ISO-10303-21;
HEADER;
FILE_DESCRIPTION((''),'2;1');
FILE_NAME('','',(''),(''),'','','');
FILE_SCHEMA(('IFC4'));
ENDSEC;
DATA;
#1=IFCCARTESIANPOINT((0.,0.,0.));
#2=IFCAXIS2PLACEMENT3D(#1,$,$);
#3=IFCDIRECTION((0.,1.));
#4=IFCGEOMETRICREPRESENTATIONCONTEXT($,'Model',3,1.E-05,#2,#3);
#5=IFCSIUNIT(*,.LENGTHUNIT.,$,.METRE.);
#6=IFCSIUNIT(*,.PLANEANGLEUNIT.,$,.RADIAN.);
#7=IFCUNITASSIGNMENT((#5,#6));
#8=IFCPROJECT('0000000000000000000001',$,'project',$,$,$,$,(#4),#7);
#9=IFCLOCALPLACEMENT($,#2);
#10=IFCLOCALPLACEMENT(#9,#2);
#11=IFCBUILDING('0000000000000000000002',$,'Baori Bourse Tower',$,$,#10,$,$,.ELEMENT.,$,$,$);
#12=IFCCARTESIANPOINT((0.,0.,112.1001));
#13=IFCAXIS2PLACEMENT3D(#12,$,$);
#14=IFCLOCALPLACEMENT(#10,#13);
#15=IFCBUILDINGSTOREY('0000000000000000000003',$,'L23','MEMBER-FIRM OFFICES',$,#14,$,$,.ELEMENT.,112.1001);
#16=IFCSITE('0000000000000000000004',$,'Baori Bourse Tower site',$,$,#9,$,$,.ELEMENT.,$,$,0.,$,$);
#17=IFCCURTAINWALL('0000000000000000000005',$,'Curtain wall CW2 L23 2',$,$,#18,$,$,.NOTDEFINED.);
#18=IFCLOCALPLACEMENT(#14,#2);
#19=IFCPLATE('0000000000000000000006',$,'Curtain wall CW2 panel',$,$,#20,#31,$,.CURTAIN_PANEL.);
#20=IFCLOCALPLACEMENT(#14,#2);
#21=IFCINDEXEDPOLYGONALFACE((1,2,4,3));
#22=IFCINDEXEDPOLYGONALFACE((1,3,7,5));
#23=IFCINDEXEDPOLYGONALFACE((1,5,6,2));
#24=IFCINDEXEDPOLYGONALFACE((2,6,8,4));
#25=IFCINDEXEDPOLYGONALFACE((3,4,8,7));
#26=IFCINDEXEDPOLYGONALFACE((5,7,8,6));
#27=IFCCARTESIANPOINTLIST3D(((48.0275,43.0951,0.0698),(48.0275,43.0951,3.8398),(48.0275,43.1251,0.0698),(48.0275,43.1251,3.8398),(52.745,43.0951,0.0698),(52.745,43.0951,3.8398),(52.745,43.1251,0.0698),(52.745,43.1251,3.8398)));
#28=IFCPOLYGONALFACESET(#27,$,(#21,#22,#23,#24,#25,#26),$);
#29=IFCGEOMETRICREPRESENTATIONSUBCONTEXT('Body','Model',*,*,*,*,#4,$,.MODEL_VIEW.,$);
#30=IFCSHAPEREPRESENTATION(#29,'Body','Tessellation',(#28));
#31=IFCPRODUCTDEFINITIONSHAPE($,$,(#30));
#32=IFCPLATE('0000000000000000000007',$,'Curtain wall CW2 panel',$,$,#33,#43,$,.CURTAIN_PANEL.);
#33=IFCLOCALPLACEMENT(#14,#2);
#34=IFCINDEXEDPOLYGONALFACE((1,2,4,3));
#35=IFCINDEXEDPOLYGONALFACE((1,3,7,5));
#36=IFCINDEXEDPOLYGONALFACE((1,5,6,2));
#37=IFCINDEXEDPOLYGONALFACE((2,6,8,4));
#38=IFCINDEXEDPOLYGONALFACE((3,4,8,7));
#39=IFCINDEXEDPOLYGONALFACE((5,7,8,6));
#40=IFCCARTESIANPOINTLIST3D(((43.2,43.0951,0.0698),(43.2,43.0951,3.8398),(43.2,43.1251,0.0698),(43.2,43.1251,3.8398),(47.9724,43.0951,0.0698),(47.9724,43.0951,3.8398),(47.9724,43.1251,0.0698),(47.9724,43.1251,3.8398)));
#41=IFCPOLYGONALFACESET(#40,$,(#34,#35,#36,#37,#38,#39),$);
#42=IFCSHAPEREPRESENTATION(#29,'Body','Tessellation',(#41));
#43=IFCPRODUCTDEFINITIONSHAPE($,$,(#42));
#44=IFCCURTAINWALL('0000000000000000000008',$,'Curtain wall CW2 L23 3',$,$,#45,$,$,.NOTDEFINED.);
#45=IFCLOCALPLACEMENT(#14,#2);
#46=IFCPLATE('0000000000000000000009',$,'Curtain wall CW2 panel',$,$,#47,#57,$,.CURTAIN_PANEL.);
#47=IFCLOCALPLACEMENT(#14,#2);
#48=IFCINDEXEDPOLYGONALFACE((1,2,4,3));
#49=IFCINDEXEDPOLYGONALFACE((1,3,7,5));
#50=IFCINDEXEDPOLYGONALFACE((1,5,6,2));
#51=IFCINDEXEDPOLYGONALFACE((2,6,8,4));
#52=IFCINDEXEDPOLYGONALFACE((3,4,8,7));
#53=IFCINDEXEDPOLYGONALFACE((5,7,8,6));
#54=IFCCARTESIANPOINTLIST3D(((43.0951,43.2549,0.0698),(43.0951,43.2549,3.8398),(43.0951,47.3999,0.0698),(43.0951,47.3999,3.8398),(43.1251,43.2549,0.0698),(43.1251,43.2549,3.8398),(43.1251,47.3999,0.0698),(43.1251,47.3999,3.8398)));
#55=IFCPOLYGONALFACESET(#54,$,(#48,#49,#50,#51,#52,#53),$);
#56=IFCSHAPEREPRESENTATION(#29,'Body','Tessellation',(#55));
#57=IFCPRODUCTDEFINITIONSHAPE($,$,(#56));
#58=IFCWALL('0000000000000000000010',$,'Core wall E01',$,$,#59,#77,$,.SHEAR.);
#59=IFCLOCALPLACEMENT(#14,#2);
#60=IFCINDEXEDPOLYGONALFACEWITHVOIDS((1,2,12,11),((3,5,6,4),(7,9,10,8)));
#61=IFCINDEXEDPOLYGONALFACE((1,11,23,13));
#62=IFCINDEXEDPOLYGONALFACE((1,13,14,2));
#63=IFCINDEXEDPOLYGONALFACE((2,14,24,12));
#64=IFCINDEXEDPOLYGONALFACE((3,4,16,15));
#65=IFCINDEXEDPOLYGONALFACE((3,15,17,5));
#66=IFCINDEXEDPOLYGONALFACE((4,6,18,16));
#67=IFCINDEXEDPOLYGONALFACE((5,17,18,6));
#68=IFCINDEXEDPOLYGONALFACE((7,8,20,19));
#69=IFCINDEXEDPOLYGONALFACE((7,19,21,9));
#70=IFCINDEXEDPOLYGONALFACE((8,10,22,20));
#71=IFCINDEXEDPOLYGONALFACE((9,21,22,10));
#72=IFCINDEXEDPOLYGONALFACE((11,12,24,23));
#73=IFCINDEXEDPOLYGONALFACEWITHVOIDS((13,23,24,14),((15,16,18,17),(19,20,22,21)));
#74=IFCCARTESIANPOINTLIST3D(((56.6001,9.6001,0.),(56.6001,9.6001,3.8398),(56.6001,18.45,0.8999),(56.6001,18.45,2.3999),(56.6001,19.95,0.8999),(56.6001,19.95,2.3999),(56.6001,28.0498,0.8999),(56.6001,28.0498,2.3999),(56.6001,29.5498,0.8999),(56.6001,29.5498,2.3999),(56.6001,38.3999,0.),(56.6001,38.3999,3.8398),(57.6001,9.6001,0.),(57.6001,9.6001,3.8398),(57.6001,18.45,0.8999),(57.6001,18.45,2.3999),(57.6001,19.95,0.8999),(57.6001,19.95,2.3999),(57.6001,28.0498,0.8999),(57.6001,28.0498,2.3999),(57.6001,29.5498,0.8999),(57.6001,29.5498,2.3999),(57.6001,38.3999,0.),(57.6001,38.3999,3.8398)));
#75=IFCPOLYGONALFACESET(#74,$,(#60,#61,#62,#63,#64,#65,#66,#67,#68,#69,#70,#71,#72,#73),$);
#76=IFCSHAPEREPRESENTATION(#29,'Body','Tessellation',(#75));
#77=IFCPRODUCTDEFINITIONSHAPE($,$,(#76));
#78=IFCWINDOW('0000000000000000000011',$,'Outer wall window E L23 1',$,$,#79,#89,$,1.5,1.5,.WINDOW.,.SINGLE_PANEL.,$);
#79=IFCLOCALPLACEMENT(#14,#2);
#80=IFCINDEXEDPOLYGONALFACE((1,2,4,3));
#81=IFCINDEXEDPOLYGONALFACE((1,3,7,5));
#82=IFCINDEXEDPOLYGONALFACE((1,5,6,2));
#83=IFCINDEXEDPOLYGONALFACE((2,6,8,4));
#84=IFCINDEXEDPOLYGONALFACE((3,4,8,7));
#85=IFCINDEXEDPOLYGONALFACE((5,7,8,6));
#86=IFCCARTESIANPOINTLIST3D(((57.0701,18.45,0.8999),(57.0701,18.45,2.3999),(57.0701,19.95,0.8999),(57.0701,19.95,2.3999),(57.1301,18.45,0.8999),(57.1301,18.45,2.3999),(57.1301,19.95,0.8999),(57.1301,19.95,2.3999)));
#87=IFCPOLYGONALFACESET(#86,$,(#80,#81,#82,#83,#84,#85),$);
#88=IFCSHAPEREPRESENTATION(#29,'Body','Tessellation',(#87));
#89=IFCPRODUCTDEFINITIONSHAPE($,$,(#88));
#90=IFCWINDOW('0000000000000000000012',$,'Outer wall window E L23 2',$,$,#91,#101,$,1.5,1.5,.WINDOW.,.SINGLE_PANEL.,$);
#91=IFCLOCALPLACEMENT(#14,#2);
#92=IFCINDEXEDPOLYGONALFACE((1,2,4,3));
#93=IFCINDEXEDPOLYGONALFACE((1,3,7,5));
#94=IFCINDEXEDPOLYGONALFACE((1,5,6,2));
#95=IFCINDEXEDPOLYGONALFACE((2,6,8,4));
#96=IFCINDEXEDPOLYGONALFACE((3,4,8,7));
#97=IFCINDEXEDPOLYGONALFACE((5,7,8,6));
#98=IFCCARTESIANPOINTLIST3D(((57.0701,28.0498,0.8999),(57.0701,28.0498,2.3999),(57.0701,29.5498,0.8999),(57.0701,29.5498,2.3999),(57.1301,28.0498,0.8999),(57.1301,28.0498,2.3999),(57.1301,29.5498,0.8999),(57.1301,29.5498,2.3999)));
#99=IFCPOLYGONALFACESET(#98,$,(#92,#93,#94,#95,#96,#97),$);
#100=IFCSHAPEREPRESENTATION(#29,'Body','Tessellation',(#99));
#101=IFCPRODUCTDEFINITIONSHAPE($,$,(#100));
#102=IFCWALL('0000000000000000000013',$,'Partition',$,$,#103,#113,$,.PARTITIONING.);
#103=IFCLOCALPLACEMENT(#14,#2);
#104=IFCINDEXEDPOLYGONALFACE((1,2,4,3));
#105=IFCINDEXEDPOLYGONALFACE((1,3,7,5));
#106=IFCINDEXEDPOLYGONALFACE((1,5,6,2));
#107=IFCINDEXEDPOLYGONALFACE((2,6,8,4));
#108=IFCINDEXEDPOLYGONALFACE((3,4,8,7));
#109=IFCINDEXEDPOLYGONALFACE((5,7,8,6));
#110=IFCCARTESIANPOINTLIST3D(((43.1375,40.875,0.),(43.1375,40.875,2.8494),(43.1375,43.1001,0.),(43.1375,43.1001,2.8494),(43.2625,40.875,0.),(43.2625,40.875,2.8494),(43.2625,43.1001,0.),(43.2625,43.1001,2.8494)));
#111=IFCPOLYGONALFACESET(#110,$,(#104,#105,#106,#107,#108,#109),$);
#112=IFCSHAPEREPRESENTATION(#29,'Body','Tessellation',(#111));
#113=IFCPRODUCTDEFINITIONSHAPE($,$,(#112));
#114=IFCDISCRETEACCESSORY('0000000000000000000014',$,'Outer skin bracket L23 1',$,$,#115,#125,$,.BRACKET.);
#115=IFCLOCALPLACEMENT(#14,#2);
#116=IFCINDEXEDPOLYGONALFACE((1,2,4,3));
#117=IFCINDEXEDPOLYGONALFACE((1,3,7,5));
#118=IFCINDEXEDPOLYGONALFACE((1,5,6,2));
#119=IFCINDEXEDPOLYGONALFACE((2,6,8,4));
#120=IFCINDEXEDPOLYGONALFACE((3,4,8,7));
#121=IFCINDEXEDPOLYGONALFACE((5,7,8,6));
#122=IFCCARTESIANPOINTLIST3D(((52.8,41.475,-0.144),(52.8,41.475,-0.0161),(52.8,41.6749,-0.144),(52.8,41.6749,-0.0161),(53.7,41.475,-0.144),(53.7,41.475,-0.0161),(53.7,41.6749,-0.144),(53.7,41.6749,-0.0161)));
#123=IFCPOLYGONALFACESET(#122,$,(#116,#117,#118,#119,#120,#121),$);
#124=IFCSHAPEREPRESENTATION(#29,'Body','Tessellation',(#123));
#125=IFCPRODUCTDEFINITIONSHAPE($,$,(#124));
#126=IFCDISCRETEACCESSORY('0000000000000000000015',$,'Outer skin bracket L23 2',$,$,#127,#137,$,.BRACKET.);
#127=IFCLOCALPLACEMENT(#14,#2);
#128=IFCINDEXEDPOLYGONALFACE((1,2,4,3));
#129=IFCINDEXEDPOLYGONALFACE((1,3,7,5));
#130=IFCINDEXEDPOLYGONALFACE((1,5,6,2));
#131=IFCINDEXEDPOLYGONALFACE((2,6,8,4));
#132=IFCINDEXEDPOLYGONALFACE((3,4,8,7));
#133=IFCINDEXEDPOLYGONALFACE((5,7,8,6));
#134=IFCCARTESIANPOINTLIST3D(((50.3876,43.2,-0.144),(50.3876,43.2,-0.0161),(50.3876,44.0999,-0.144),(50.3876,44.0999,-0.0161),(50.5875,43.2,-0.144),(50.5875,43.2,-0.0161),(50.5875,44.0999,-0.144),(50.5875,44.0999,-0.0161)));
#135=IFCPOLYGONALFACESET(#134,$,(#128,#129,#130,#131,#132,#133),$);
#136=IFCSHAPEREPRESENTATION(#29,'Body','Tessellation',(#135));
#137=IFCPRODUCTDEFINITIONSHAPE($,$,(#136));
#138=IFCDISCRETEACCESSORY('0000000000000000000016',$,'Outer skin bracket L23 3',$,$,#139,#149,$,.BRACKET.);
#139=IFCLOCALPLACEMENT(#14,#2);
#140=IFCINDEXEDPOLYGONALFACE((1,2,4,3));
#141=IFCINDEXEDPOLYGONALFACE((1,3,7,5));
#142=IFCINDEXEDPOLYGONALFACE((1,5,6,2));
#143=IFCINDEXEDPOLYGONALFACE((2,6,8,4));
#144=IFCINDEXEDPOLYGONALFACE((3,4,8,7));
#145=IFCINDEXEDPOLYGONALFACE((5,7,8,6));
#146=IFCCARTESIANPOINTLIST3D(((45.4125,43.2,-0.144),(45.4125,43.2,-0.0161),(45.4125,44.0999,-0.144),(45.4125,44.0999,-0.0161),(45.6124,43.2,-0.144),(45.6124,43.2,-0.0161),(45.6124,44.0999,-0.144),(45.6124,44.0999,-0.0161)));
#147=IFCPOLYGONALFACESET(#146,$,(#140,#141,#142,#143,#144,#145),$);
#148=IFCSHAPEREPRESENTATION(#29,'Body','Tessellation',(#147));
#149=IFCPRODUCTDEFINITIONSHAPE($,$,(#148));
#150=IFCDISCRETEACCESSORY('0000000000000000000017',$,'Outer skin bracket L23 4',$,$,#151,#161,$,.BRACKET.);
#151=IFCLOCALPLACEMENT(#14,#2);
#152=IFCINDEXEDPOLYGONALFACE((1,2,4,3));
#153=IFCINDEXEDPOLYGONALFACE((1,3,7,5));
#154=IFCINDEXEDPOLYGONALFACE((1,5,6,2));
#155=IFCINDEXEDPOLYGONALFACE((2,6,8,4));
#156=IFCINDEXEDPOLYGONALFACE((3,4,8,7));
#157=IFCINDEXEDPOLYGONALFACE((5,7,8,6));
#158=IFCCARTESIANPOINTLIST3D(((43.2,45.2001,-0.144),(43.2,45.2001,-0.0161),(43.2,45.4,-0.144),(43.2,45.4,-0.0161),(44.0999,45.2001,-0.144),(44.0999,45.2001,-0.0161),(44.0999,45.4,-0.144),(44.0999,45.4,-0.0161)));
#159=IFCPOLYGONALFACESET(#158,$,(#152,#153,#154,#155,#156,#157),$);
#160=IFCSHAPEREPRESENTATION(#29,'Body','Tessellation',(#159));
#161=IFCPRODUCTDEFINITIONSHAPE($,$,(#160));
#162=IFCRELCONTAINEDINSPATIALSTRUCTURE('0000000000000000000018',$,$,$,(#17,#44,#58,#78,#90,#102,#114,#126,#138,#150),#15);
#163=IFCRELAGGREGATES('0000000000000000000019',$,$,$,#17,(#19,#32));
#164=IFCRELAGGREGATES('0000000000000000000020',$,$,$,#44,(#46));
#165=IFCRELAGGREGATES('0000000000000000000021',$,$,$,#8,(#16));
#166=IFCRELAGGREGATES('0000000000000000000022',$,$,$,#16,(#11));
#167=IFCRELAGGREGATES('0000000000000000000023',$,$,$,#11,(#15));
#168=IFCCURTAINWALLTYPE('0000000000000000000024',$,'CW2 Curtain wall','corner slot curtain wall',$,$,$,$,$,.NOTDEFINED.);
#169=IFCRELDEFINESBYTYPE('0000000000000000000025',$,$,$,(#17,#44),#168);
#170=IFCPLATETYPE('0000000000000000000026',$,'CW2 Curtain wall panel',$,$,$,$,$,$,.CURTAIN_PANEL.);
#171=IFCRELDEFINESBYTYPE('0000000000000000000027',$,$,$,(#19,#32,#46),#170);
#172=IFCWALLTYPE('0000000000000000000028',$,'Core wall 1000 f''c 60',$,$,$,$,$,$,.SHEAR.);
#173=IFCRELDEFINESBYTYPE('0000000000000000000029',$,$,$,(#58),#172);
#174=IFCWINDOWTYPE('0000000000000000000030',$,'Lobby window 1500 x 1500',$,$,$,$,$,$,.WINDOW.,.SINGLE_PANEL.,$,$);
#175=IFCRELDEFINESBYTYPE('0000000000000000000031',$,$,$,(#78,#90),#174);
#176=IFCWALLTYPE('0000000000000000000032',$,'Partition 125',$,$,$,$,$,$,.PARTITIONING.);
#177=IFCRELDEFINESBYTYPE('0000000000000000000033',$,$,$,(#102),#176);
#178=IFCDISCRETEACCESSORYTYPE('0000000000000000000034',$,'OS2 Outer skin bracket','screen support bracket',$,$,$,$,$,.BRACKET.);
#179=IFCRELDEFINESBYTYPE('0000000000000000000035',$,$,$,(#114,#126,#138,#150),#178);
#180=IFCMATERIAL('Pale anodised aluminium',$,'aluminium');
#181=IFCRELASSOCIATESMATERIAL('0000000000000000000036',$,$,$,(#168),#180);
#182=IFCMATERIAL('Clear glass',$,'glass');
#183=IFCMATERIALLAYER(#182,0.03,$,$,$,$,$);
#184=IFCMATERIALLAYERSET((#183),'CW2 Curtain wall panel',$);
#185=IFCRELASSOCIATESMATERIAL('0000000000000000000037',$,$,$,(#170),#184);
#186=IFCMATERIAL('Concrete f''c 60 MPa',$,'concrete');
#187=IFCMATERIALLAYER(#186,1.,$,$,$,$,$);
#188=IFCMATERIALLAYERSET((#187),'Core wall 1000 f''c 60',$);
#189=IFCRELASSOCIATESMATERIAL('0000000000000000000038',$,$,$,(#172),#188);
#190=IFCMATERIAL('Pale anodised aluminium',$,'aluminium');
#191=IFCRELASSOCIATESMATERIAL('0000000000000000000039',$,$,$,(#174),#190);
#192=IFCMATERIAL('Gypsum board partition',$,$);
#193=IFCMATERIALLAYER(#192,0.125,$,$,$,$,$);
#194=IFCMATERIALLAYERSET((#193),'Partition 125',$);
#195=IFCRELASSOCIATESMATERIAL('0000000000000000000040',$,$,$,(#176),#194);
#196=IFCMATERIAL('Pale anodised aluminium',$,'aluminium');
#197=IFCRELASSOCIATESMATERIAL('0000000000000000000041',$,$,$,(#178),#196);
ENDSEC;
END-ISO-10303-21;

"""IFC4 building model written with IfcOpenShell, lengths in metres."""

from ifc_helpers import new_model, si_unit, direction, frame, frame_2d, origin, origin_2d, place, context, subcontext, project, spatial, rectangle, extrude, material, layer, layer_set, type_object, element, fill, aggregate, save


model = new_model("IFC4")

# Units and contexts
model_context = context("Model", 3, precision=1e-05, world=origin(), true_north=direction((0.0, 1.0)))
body_context = subcontext(model_context, "Body", "Model", "MODEL_VIEW")
ifc_project = project(units=[si_unit("LENGTHUNIT", "METRE"), si_unit("PLANEANGLEUNIT", "RADIAN")], contexts=[model_context])

# Site, building, storey
site_placement = place(None, origin())
site = spatial("IfcSite", under=ifc_project, at=site_placement, Name="Baori Bourse Tower site", CompositionType="ELEMENT", RefElevation=0.0)
building_placement = place(site_placement, origin())
building = spatial("IfcBuilding", under=site, at=building_placement, Name="Baori Bourse Tower", CompositionType="ELEMENT")
storey_placement = place(building_placement, frame((0.0, 0.0, 112.1001)))
storey = spatial("IfcBuildingStorey", under=building, at=storey_placement, Name="L23", Description="MEMBER-FIRM OFFICES", CompositionType="ELEMENT", Elevation=112.1001)

# Curtain wall
ifc_material_1 = material(Name="Pale anodised aluminium", Category="aluminium")
curtain_wall_type = type_object("IfcCurtainWallType", Name="CW2 Curtain wall", Description="corner slot curtain wall", PredefinedType="NOTDEFINED", material=ifc_material_1)
curtain_wall_1_placement = place(storey_placement, origin())
curtain_wall_1 = element("IfcCurtainWall", 1, at=curtain_wall_1_placement, inside=storey, type_object=curtain_wall_type, Name="Curtain wall CW2 L23 2", PredefinedType="NOTDEFINED")

# Plates
ifc_material_2 = material(Name="Clear glass", Category="glass")
ifc_layer_1 = layer(ifc_material_2, 0.03)
ifc_layer_set_1 = layer_set([ifc_layer_1], Name="CW2 Curtain wall panel")
plate_type = type_object("IfcPlateType", Name="CW2 Curtain wall panel", PredefinedType="CURTAIN_PANEL", material=ifc_layer_set_1)
plate_1_placement = place(storey_placement, frame((50.3862, 43.1101, 0.0698), z_axis=(0.0, 0.0, 1.0), x_axis=(-1.0, 0.0, 0.0)))
plate_1 = element("IfcPlate", 2, at=plate_1_placement, type_object=plate_type, Name="Curtain wall CW2 panel", PredefinedType="CURTAIN_PANEL", context=body_context, shape_type="SweptSolid", body=[
    extrude(rectangle(XDim=4.7175, YDim=0.03, at=origin_2d()), origin(), (0.0, 0.0, 1.0), 3.77),
])
plate_2_placement = place(storey_placement, frame((45.5862, 43.1101, 0.0698), z_axis=(0.0, 0.0, 1.0), x_axis=(-1.0, 0.0, 0.0)))
plate_2 = element("IfcPlate", 3, at=plate_2_placement, type_object=plate_type, Name="Curtain wall CW2 panel", PredefinedType="CURTAIN_PANEL", context=body_context, shape_type="SweptSolid", body=[
    extrude(rectangle(XDim=4.7725, YDim=0.03, at=origin_2d()), origin(), (0.0, 0.0, 1.0), 3.77),
])
aggregate(curtain_wall_1, [plate_1, plate_2])

# Curtain wall, plate
curtain_wall_2_placement = place(storey_placement, origin())
curtain_wall_2 = element("IfcCurtainWall", 4, at=curtain_wall_2_placement, inside=storey, type_object=curtain_wall_type, Name="Curtain wall CW2 L23 3", PredefinedType="NOTDEFINED")
plate_3_placement = place(storey_placement, frame((43.1101, 45.3274, 0.0698), z_axis=(0.0, 0.0, 1.0), x_axis=(0.0, 1.0, 0.0)))
plate_3 = element("IfcPlate", 5, at=plate_3_placement, type_object=plate_type, Name="Curtain wall CW2 panel", PredefinedType="CURTAIN_PANEL", context=body_context, shape_type="SweptSolid", body=[
    extrude(rectangle(XDim=4.145, YDim=0.03, at=origin_2d()), origin(), (0.0, 0.0, 1.0), 3.77),
])
aggregate(curtain_wall_2, [plate_3])

# Wall, openings, windows
ifc_material_3 = material(Name="Concrete f'c 60 MPa", Category="concrete")
ifc_layer_2 = layer(ifc_material_3, 1.0)
ifc_layer_set_2 = layer_set([ifc_layer_2], Name="Core wall 1000 f'c 60")
wall_type_1 = type_object("IfcWallType", Name="Core wall 1000 f'c 60", PredefinedType="SHEAR", material=ifc_layer_set_2)
wall_1_placement = place(storey_placement, frame((57.1001, 38.3999, 0.0), z_axis=(0.0, 0.0, 1.0), x_axis=(0.0, -1.0, 0.0)))
wall_1 = element("IfcWall", 6, at=wall_1_placement, inside=storey, type_object=wall_type_1, Name="Core wall E01", PredefinedType="SHEAR", context=body_context, shape_type="SweptSolid", body=[
    extrude(rectangle(XDim=28.7998, YDim=1.0, at=frame_2d((14.3999, 0.0))), origin(), (0.0, 0.0, 1.0), 3.8398),
])
opening_1_placement = place(wall_1_placement, frame((18.45, 0.0, 0.8999)))
opening_1 = element("IfcOpeningElement", 7, at=opening_1_placement, cuts=wall_1, PredefinedType="OPENING", context=body_context, shape_type="SweptSolid", body=[
    extrude(rectangle(XDim=1.5, YDim=1.5, at=frame_2d((0.75, 0.75))), frame((0.0, 0.51, 0.0), z_axis=(0.0, -1.0, 0.0), x_axis=(1.0, 0.0, 0.0)), (0.0, 0.0, 1.0), 1.02),
])
opening_2_placement = place(wall_1_placement, frame((8.8501, 0.0, 0.8999)))
opening_2 = element("IfcOpeningElement", 8, at=opening_2_placement, cuts=wall_1, PredefinedType="OPENING", context=body_context, shape_type="SweptSolid", body=[
    extrude(rectangle(XDim=1.5, YDim=1.5, at=frame_2d((0.75, 0.75))), frame((0.0, 0.51, 0.0), z_axis=(0.0, -1.0, 0.0), x_axis=(1.0, 0.0, 0.0)), (0.0, 0.0, 1.0), 1.02),
])
ifc_material_4 = material(Name="Pale anodised aluminium", Category="aluminium")
window_type = type_object("IfcWindowType", Name="Lobby window 1500 x 1500", PartitioningType="SINGLE_PANEL", PredefinedType="WINDOW", material=ifc_material_4)
window_1_placement = place(opening_1_placement, origin())
window_1 = element("IfcWindow", 9, at=window_1_placement, inside=storey, type_object=window_type, Name="Outer wall window E L23 1", OverallHeight=1.5, OverallWidth=1.5, PartitioningType="SINGLE_PANEL", PredefinedType="WINDOW", context=body_context, shape_type="SweptSolid", body=[
    extrude(rectangle(XDim=1.5, YDim=1.5, at=frame_2d((0.75, 0.75))), frame((0.0, 0.03, 0.0), z_axis=(0.0, -1.0, 0.0), x_axis=(1.0, 0.0, 0.0)), (0.0, 0.0, 1.0), 0.0601),
])
fill(opening_1, window_1)
window_2_placement = place(opening_2_placement, origin())
window_2 = element("IfcWindow", 10, at=window_2_placement, inside=storey, type_object=window_type, Name="Outer wall window E L23 2", OverallHeight=1.5, OverallWidth=1.5, PartitioningType="SINGLE_PANEL", PredefinedType="WINDOW", context=body_context, shape_type="SweptSolid", body=[
    extrude(rectangle(XDim=1.5, YDim=1.5, at=frame_2d((0.75, 0.75))), frame((0.0, 0.03, 0.0), z_axis=(0.0, -1.0, 0.0), x_axis=(1.0, 0.0, 0.0)), (0.0, 0.0, 1.0), 0.0601),
])
fill(opening_2, window_2)

# Wall
ifc_material_5 = material(Name="Gypsum board partition")
ifc_layer_3 = layer(ifc_material_5, 0.125)
ifc_layer_set_3 = layer_set([ifc_layer_3], Name="Partition 125")
wall_type_2 = type_object("IfcWallType", Name="Partition 125", PredefinedType="PARTITIONING", material=ifc_layer_set_3)
wall_2_placement = place(storey_placement, frame((43.2, 40.875, 0.0), z_axis=(0.0, 0.0, 1.0), x_axis=(0.0, 1.0, 0.0)))
element("IfcWall", 11, at=wall_2_placement, inside=storey, type_object=wall_type_2, Name="Partition", PredefinedType="PARTITIONING", context=body_context, shape_type="SweptSolid", body=[
    extrude(rectangle(XDim=2.2251, YDim=0.125, at=frame_2d((1.1125, 0.0))), origin(), (0.0, 0.0, 1.0), 2.8494),
])

# Discrete accessories
ifc_material_6 = material(Name="Pale anodised aluminium", Category="aluminium")
discrete_accessory_type = type_object("IfcDiscreteAccessoryType", Name="OS2 Outer skin bracket", Description="screen support bracket", PredefinedType="BRACKET", material=ifc_material_6)
for number, where, z_axis, x_axis, name in (
    (12, (53.25, 41.575, -0.144), (0.0, 0.0, 1.0), (0.0, 1.0, 0.0), "Outer skin bracket L23 1"),
    (13, (50.4875, 43.6499, -0.144), (0.0, 0.0, 1.0), (-1.0, 0.0, 0.0), "Outer skin bracket L23 2"),
    (14, (45.5125, 43.6499, -0.144), (0.0, 0.0, 1.0), (-1.0, 0.0, 0.0), "Outer skin bracket L23 3"),
    (15, (43.6499, 45.3, -0.144), (0.0, 0.0, 1.0), (0.0, 1.0, 0.0), "Outer skin bracket L23 4"),
):
    element("IfcDiscreteAccessory", number, at=place(storey_placement, frame(where, z_axis=z_axis, x_axis=x_axis)), inside=storey, type_object=discrete_accessory_type, Name=name, PredefinedType="BRACKET", context=body_context, shape_type="SweptSolid", body=[
        extrude(rectangle(XDim=0.2, YDim=0.8999, at=origin_2d()), origin(), (0.0, 0.0, 1.0), 0.1279),
    ])

save(model, "model.ifc")
